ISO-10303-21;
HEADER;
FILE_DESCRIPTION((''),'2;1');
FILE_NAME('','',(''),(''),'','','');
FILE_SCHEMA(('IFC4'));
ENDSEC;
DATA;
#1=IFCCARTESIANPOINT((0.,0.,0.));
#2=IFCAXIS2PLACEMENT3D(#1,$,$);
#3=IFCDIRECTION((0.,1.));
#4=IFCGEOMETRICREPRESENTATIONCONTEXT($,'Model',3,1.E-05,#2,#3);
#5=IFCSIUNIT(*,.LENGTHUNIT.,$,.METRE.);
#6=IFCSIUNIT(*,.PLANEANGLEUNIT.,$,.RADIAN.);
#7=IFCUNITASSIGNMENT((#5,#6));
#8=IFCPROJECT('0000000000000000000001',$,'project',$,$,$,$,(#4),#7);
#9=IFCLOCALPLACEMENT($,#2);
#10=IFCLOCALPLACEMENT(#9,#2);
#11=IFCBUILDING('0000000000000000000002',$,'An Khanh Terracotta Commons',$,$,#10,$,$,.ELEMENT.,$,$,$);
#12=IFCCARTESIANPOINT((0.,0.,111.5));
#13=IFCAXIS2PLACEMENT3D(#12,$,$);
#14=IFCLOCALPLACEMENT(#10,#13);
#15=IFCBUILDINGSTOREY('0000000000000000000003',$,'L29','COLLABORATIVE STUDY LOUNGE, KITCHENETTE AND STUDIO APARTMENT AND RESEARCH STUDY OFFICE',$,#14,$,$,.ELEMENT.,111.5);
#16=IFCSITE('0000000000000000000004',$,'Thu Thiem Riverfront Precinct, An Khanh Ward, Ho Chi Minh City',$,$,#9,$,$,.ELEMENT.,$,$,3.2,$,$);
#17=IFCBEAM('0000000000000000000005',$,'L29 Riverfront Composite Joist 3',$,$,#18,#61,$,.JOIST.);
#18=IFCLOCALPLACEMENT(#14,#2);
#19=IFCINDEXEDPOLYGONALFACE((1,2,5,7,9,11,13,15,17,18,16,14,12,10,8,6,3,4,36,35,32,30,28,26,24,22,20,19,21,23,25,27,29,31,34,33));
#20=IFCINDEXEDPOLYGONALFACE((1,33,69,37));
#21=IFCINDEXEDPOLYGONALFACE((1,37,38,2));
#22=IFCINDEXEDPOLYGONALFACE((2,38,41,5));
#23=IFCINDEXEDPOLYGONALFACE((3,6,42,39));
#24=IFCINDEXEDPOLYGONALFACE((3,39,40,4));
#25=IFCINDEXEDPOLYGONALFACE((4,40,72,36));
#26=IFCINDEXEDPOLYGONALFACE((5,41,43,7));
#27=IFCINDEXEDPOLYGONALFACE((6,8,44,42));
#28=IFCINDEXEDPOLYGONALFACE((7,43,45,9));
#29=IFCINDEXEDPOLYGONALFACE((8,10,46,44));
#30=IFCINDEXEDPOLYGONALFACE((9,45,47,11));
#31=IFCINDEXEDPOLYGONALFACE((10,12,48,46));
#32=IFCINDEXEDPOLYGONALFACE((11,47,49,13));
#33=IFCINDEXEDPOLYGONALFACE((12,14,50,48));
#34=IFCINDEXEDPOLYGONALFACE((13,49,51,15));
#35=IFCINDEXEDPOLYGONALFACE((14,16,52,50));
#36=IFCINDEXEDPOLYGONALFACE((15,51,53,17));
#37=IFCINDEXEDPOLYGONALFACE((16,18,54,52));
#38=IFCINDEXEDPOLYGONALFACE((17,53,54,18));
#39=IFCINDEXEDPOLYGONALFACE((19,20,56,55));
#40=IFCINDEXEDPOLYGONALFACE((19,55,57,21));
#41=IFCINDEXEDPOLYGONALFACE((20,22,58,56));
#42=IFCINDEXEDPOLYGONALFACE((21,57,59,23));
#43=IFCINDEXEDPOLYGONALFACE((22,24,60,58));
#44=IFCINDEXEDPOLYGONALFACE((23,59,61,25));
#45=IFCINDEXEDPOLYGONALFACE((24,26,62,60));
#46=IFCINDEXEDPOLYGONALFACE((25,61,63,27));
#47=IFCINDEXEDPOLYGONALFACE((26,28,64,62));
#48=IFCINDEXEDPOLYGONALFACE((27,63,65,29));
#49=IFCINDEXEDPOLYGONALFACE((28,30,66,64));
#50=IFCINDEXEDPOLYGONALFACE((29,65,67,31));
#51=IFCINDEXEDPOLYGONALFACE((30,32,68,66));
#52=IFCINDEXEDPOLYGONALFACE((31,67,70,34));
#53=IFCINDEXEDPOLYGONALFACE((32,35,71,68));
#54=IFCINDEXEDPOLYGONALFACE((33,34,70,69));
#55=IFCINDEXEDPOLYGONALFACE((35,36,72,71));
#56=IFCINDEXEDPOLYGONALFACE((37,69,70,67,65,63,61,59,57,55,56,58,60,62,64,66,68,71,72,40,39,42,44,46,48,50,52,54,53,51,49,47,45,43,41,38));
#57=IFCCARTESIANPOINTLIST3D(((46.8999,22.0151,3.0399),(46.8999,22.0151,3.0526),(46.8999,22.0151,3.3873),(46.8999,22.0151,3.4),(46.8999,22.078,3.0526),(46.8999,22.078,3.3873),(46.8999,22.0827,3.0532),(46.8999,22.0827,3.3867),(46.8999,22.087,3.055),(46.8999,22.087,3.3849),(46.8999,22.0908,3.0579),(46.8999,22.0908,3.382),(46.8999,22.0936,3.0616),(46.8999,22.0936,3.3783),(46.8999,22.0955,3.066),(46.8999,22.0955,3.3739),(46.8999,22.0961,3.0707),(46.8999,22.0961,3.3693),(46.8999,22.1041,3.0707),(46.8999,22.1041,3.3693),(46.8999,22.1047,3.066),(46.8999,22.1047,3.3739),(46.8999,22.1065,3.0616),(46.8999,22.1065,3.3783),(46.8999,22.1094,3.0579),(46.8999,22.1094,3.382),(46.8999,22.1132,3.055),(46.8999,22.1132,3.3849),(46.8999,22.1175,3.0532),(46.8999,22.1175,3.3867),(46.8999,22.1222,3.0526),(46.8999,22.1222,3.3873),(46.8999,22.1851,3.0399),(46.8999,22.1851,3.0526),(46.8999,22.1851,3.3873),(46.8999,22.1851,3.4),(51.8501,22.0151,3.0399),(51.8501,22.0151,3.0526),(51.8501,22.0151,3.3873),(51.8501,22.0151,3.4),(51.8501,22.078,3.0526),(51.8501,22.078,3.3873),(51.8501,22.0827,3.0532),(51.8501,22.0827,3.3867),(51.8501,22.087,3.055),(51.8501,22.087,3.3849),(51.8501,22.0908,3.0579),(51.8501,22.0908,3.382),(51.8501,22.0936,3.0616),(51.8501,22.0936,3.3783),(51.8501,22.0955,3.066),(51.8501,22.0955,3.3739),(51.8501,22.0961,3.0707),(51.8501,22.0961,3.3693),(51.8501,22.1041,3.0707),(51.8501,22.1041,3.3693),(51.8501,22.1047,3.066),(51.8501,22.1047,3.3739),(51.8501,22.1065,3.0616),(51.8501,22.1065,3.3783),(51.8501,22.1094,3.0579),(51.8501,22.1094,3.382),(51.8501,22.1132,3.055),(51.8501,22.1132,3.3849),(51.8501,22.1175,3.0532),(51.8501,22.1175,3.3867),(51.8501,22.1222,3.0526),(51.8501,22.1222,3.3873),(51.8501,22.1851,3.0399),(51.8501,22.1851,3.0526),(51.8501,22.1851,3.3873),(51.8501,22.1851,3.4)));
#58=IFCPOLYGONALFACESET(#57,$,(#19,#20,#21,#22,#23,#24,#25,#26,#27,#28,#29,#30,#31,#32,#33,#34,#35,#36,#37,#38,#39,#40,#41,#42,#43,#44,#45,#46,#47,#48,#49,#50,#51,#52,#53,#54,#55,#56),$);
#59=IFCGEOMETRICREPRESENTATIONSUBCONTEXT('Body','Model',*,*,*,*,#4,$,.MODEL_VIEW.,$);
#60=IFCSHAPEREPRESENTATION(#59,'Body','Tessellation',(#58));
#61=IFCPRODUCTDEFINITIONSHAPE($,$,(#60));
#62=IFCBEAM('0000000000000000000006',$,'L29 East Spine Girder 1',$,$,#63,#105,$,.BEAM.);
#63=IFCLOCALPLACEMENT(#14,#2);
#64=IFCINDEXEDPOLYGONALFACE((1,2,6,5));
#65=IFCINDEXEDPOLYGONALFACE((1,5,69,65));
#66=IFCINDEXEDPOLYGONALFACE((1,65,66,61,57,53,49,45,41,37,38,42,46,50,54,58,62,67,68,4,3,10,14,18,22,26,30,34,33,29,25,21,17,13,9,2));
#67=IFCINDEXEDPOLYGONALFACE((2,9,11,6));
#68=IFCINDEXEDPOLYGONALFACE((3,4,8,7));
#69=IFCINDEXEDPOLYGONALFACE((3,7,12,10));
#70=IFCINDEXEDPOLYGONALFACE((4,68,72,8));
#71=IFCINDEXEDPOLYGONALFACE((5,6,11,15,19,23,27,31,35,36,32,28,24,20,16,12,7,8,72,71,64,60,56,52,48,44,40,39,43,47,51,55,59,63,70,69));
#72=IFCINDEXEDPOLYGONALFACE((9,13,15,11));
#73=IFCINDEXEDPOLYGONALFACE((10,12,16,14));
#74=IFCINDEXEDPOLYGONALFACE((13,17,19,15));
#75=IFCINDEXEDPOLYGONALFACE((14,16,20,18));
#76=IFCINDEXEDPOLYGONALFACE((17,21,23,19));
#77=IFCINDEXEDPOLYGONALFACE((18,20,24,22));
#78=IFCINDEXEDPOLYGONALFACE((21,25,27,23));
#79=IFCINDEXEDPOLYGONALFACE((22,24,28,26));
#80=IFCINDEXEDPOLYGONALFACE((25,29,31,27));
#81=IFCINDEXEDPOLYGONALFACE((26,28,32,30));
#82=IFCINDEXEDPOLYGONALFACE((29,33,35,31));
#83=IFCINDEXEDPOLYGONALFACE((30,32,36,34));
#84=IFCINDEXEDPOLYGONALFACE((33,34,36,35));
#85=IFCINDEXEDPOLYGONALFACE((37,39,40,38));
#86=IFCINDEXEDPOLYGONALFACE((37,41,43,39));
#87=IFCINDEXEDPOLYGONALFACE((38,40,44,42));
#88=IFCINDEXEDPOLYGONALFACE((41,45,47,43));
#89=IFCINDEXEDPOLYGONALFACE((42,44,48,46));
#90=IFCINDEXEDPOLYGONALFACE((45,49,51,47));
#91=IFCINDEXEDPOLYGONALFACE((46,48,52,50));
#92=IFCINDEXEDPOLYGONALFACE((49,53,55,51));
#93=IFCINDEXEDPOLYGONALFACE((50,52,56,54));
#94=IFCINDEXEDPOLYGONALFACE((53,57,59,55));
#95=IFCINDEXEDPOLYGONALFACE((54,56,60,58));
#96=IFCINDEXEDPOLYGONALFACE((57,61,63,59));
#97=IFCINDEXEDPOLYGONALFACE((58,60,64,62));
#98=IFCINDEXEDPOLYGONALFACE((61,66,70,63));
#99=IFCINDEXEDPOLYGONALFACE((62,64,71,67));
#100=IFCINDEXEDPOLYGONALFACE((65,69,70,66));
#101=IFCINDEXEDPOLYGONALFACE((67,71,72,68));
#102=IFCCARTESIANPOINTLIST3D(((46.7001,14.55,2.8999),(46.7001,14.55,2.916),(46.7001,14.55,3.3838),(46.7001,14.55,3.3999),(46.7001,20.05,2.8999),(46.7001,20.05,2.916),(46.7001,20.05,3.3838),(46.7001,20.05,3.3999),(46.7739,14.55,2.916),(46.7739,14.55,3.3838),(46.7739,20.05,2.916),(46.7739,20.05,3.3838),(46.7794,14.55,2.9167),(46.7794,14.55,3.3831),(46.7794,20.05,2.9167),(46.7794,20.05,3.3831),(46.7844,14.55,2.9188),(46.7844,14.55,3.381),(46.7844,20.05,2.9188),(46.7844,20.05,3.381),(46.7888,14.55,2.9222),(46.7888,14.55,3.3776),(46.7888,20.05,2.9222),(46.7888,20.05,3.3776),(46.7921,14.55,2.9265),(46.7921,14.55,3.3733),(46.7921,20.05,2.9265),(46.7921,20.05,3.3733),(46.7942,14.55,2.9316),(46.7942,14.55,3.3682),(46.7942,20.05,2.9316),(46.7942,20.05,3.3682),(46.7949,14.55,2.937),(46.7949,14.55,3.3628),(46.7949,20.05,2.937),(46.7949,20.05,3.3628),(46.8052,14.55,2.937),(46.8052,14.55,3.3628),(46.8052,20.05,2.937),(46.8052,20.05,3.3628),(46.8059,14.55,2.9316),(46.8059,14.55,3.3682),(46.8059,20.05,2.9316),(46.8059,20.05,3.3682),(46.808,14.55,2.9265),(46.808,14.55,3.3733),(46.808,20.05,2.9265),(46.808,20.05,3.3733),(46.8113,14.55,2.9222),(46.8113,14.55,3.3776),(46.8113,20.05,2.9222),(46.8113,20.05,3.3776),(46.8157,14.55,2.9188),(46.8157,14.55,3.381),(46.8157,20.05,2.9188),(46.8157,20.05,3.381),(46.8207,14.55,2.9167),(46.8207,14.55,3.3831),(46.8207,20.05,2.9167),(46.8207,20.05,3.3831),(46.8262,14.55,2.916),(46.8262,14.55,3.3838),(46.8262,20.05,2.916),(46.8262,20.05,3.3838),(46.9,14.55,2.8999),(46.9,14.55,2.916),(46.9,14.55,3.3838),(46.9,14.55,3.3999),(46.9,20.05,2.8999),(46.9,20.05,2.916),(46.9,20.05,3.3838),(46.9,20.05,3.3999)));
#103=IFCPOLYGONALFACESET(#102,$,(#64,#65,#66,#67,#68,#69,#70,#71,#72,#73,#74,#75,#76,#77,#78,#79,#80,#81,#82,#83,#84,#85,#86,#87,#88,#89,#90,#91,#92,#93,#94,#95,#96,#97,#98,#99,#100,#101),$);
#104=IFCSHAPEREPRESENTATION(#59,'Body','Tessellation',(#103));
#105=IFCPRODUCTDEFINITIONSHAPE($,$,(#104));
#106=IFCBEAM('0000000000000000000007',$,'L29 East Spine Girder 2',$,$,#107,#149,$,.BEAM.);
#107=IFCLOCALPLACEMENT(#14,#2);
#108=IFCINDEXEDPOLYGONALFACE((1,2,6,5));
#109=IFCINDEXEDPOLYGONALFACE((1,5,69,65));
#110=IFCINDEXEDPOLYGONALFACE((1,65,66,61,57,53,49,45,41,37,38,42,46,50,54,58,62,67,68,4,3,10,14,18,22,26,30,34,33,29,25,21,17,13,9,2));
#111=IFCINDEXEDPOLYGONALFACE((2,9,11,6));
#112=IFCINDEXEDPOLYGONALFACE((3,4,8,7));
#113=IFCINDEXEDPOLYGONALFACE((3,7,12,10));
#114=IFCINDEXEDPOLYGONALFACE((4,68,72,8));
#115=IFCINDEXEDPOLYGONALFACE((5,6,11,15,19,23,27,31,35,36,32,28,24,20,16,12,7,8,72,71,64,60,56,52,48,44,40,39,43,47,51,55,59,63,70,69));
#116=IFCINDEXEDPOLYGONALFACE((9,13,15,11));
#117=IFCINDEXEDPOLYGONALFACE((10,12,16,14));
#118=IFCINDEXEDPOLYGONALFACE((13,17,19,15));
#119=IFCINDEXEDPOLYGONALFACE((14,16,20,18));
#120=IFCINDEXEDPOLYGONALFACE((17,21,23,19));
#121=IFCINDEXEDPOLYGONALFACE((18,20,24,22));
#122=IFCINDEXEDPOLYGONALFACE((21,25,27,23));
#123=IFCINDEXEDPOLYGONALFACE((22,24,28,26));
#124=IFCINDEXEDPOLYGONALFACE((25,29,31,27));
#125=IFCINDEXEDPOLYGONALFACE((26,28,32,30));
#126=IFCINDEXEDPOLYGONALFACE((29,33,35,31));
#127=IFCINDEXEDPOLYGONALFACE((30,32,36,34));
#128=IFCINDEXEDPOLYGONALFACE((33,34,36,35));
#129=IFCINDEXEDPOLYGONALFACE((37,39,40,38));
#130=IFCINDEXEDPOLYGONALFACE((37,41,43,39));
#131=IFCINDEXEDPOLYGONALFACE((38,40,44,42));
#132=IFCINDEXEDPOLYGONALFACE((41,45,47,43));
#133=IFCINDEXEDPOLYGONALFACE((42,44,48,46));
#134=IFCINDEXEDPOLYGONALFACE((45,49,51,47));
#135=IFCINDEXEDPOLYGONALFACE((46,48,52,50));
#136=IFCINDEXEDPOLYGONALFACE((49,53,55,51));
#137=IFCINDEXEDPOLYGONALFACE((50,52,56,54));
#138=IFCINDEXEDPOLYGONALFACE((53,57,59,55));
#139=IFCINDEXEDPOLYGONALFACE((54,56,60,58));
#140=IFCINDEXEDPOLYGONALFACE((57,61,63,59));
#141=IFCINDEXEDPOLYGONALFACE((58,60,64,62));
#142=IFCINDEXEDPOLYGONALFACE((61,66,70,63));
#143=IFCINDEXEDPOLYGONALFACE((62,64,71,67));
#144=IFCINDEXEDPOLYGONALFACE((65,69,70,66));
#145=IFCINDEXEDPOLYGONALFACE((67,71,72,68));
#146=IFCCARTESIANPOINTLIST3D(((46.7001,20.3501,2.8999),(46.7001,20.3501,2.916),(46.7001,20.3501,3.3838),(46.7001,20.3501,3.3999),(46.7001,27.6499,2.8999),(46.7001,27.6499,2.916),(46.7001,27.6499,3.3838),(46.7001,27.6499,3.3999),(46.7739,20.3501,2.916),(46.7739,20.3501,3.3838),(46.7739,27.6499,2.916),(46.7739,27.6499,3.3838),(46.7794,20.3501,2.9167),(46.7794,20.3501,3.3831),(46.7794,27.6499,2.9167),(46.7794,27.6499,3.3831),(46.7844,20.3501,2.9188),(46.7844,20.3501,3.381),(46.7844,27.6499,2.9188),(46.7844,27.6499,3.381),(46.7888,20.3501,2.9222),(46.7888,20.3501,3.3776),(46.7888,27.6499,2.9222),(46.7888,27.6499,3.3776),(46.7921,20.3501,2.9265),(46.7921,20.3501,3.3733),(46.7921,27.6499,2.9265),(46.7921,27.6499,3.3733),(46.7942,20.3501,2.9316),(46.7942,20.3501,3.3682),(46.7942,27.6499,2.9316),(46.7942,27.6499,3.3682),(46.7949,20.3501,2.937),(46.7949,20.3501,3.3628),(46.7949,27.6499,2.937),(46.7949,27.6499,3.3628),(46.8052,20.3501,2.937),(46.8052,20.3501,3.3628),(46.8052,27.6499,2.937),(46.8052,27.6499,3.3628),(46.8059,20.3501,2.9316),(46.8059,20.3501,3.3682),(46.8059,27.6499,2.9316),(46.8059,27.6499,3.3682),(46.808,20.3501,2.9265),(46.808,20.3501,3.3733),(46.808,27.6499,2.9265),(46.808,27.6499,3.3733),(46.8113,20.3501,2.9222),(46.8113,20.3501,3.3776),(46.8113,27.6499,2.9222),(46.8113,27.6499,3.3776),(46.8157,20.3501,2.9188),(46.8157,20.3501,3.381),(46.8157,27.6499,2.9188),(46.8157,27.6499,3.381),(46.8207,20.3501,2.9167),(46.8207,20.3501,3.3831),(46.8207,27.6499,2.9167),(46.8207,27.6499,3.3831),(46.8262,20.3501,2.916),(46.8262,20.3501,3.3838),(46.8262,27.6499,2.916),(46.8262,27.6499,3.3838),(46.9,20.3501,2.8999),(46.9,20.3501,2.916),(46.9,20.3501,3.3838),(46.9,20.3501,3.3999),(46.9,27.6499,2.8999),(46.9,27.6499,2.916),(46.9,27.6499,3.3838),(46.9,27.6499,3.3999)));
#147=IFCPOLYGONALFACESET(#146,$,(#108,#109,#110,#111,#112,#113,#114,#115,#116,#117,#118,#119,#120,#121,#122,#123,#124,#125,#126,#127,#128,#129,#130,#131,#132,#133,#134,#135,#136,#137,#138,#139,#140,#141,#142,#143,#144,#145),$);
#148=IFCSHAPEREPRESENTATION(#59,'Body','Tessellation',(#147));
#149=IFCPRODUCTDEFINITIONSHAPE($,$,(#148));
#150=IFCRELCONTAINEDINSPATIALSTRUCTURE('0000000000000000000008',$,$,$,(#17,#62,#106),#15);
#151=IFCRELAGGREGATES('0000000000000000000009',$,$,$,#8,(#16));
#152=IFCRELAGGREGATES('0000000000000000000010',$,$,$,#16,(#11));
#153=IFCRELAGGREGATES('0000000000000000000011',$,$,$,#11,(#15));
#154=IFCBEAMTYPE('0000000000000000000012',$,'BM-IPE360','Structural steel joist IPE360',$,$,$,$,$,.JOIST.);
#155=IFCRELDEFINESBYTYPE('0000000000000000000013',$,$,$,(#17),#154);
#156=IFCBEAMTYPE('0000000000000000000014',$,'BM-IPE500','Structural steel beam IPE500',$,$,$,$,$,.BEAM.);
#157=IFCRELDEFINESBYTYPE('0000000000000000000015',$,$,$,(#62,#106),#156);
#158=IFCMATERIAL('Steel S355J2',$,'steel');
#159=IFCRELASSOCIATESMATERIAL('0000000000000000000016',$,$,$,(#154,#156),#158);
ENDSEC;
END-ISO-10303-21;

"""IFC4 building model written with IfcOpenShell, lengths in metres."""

from ifc_helpers import new_model, si_unit, direction, frame, origin, origin_2d, place, context, subcontext, project, spatial, i_section, extrude, material, material_profile, profile_set, type_object, element, save


model = new_model("IFC4")

# Units and contexts
model_context = context("Model", 3, precision=1e-05, world=origin(), true_north=direction((0.0, 1.0)))
body_context = subcontext(model_context, "Body", "Model", "MODEL_VIEW")
ifc_project = project(units=[si_unit("LENGTHUNIT", "METRE"), si_unit("PLANEANGLEUNIT", "RADIAN")], contexts=[model_context])

# Site, building, storey
site_placement = place(None, origin())
site = spatial("IfcSite", under=ifc_project, at=site_placement, Name="Thu Thiem Riverfront Precinct, An Khanh Ward, Ho Chi Minh City", CompositionType="ELEMENT", RefElevation=3.2)
building_placement = place(site_placement, origin())
building = spatial("IfcBuilding", under=site, at=building_placement, Name="An Khanh Terracotta Commons", CompositionType="ELEMENT")
storey_placement = place(building_placement, frame((0.0, 0.0, 111.5)))
storey = spatial("IfcBuildingStorey", under=building, at=storey_placement, Name="L29", Description="COLLABORATIVE STUDY LOUNGE, KITCHENETTE AND STUDIO APARTMENT AND RESEARCH STUDY OFFICE", CompositionType="ELEMENT", Elevation=111.5)

# Beams
ifc_material_1 = material(Name="Steel S355J2", Category="steel")
ifc_material_profile_1 = material_profile(ifc_material_1, i_section(OverallWidth=0.1699, OverallDepth=0.3601, WebThickness=0.0081, FlangeThickness=0.0127, FilletRadius=0.0181, at=origin_2d()), Name="IPE360")
ifc_profile_set_1 = profile_set([ifc_material_profile_1], Name="Steel S355J2")
beam_type_1 = type_object("IfcBeamType", Name="BM-IPE360", Description="Structural steel joist IPE360", PredefinedType="JOIST", material=ifc_profile_set_1)
for number, where, z_axis, x_axis, name in (
    (1, (46.8999, 22.1001, 3.22), (1.0, 0.0, 0.0), (0.0, 1.0, 0.0), "L29 Riverfront Composite Joist 3"),
):
    element("IfcBeam", number, at=place(storey_placement, frame(where, z_axis=z_axis, x_axis=x_axis)), inside=storey, type_object=beam_type_1, Name=name, PredefinedType="JOIST", context=body_context, shape_type="SweptSolid", body=[
        extrude(i_section(OverallWidth=0.1699, OverallDepth=0.3601, WebThickness=0.0081, FlangeThickness=0.0127, FilletRadius=0.0181, at=origin_2d()), origin(), (0.0, 0.0, 1.0), 4.9502),
    ])
ifc_material_profile_2 = material_profile(ifc_material_1, i_section(OverallWidth=0.2, OverallDepth=0.5, WebThickness=0.0103, FlangeThickness=0.0161, FilletRadius=0.021, at=origin_2d()), Name="IPE500")
ifc_profile_set_2 = profile_set([ifc_material_profile_2], Name="Steel S355J2")
beam_type_2 = type_object("IfcBeamType", Name="BM-IPE500", Description="Structural steel beam IPE500", PredefinedType="BEAM", material=ifc_profile_set_2)
beam_1_placement = place(storey_placement, frame((46.8, 14.55, 3.1499), z_axis=(0.0, 1.0, 0.0), x_axis=(-1.0, 0.0, 0.0)))
element("IfcBeam", 2, at=beam_1_placement, inside=storey, type_object=beam_type_2, Name="L29 East Spine Girder 1", PredefinedType="BEAM", context=body_context, shape_type="SweptSolid", body=[
    extrude(i_section(OverallWidth=0.2, OverallDepth=0.5, WebThickness=0.0103, FlangeThickness=0.0161, FilletRadius=0.021, at=origin_2d()), origin(), (0.0, 0.0, 1.0), 5.5),
])
beam_2_placement = place(storey_placement, frame((46.8, 20.3501, 3.1499), z_axis=(0.0, 1.0, 0.0), x_axis=(-1.0, 0.0, 0.0)))
element("IfcBeam", 3, at=beam_2_placement, inside=storey, type_object=beam_type_2, Name="L29 East Spine Girder 2", PredefinedType="BEAM", context=body_context, shape_type="SweptSolid", body=[
    extrude(i_section(OverallWidth=0.2, OverallDepth=0.5, WebThickness=0.0103, FlangeThickness=0.0161, FilletRadius=0.021, at=origin_2d()), origin(), (0.0, 0.0, 1.0), 7.2998),
])

save(model, "model.ifc")
